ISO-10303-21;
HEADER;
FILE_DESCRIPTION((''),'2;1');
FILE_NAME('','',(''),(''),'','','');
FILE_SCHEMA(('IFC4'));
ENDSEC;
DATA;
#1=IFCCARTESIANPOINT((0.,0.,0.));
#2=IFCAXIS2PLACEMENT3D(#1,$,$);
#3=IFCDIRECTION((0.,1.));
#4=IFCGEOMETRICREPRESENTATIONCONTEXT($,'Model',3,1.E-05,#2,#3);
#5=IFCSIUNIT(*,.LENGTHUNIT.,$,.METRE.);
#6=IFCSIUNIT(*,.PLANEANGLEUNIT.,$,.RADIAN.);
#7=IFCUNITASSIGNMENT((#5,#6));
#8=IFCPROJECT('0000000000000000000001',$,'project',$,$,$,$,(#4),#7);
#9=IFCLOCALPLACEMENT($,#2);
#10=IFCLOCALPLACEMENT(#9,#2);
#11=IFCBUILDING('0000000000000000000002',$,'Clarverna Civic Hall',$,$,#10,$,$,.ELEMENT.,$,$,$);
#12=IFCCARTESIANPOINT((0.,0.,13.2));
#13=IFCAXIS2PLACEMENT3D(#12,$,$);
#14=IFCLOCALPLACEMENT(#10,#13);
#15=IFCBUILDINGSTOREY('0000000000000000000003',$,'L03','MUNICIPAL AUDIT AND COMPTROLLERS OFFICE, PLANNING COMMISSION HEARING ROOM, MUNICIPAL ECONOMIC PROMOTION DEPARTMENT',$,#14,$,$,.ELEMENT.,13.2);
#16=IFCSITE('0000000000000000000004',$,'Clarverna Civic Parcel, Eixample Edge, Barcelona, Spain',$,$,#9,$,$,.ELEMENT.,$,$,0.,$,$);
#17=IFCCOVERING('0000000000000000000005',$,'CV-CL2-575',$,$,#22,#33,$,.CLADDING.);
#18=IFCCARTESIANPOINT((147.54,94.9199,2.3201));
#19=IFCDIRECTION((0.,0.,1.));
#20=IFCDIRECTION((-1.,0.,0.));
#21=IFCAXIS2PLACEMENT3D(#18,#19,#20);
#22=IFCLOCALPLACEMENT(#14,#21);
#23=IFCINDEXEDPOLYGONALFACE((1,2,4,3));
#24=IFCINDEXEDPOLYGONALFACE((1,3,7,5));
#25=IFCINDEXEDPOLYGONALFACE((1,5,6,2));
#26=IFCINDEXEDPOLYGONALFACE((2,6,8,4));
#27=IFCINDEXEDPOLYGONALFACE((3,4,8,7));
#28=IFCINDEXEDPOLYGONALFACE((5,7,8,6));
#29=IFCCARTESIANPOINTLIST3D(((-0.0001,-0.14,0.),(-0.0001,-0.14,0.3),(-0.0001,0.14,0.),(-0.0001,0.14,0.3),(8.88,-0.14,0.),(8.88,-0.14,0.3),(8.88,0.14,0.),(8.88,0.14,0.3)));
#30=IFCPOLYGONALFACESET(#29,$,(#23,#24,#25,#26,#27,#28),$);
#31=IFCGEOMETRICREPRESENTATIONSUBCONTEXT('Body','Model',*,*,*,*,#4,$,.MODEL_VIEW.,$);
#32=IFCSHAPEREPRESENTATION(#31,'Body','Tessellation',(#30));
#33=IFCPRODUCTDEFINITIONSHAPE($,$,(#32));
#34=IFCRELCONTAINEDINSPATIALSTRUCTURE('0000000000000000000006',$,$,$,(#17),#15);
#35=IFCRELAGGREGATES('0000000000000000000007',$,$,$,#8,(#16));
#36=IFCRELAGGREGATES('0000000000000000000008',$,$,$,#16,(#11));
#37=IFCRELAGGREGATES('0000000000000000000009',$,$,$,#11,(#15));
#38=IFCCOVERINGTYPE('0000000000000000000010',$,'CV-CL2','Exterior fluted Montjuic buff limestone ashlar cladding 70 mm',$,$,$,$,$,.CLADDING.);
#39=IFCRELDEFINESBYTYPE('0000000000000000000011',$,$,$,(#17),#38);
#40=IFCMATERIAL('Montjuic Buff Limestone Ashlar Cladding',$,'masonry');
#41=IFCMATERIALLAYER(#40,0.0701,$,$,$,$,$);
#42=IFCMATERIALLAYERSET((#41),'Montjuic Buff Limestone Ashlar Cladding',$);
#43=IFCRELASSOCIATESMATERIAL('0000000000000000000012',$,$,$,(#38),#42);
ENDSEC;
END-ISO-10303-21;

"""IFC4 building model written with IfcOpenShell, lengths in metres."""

from ifc_helpers import new_model, si_unit, direction, frame, frame_2d, origin, place, context, subcontext, project, spatial, rectangle, extrude, material, layer, layer_set, type_object, element, save


model = new_model("IFC4")

# Units and contexts
model_context = context("Model", 3, precision=1e-05, world=origin(), true_north=direction((0.0, 1.0)))
body_context = subcontext(model_context, "Body", "Model", "MODEL_VIEW")
ifc_project = project(units=[si_unit("LENGTHUNIT", "METRE"), si_unit("PLANEANGLEUNIT", "RADIAN")], contexts=[model_context])

# Site, building, storey
site_placement = place(None, origin())
site = spatial("IfcSite", under=ifc_project, at=site_placement, Name="Clarverna Civic Parcel, Eixample Edge, Barcelona, Spain", CompositionType="ELEMENT", RefElevation=0.0)
building_placement = place(site_placement, origin())
building = spatial("IfcBuilding", under=site, at=building_placement, Name="Clarverna Civic Hall", CompositionType="ELEMENT")
storey_placement = place(building_placement, frame((0.0, 0.0, 13.2)))
storey = spatial("IfcBuildingStorey", under=building, at=storey_placement, Name="L03", Description="MUNICIPAL AUDIT AND COMPTROLLERS OFFICE, PLANNING COMMISSION HEARING ROOM, MUNICIPAL ECONOMIC PROMOTION DEPARTMENT", CompositionType="ELEMENT", Elevation=13.2)

# Covering
ifc_material_1 = material(Name="Montjuic Buff Limestone Ashlar Cladding", Category="masonry")
ifc_layer_1 = layer(ifc_material_1, 0.0701)
ifc_layer_set_1 = layer_set([ifc_layer_1], Name="Montjuic Buff Limestone Ashlar Cladding")
covering_type = type_object("IfcCoveringType", Name="CV-CL2", Description="Exterior fluted Montjuic buff limestone ashlar cladding 70 mm", PredefinedType="CLADDING", material=ifc_layer_set_1)
covering_1_placement = place(storey_placement, frame((147.54, 94.9199, 2.3201), z_axis=(0.0, 0.0, 1.0), x_axis=(-1.0, 0.0, 0.0)))
element("IfcCovering", 1, at=covering_1_placement, inside=storey, type_object=covering_type, Name="CV-CL2-575", PredefinedType="CLADDING", context=body_context, shape_type="SweptSolid", body=[
    extrude(rectangle(XDim=8.8801, YDim=0.28, at=frame_2d((4.4399, 0.0))), origin(), (0.0, 0.0, 1.0), 0.3),
])

save(model, "model.ifc")
